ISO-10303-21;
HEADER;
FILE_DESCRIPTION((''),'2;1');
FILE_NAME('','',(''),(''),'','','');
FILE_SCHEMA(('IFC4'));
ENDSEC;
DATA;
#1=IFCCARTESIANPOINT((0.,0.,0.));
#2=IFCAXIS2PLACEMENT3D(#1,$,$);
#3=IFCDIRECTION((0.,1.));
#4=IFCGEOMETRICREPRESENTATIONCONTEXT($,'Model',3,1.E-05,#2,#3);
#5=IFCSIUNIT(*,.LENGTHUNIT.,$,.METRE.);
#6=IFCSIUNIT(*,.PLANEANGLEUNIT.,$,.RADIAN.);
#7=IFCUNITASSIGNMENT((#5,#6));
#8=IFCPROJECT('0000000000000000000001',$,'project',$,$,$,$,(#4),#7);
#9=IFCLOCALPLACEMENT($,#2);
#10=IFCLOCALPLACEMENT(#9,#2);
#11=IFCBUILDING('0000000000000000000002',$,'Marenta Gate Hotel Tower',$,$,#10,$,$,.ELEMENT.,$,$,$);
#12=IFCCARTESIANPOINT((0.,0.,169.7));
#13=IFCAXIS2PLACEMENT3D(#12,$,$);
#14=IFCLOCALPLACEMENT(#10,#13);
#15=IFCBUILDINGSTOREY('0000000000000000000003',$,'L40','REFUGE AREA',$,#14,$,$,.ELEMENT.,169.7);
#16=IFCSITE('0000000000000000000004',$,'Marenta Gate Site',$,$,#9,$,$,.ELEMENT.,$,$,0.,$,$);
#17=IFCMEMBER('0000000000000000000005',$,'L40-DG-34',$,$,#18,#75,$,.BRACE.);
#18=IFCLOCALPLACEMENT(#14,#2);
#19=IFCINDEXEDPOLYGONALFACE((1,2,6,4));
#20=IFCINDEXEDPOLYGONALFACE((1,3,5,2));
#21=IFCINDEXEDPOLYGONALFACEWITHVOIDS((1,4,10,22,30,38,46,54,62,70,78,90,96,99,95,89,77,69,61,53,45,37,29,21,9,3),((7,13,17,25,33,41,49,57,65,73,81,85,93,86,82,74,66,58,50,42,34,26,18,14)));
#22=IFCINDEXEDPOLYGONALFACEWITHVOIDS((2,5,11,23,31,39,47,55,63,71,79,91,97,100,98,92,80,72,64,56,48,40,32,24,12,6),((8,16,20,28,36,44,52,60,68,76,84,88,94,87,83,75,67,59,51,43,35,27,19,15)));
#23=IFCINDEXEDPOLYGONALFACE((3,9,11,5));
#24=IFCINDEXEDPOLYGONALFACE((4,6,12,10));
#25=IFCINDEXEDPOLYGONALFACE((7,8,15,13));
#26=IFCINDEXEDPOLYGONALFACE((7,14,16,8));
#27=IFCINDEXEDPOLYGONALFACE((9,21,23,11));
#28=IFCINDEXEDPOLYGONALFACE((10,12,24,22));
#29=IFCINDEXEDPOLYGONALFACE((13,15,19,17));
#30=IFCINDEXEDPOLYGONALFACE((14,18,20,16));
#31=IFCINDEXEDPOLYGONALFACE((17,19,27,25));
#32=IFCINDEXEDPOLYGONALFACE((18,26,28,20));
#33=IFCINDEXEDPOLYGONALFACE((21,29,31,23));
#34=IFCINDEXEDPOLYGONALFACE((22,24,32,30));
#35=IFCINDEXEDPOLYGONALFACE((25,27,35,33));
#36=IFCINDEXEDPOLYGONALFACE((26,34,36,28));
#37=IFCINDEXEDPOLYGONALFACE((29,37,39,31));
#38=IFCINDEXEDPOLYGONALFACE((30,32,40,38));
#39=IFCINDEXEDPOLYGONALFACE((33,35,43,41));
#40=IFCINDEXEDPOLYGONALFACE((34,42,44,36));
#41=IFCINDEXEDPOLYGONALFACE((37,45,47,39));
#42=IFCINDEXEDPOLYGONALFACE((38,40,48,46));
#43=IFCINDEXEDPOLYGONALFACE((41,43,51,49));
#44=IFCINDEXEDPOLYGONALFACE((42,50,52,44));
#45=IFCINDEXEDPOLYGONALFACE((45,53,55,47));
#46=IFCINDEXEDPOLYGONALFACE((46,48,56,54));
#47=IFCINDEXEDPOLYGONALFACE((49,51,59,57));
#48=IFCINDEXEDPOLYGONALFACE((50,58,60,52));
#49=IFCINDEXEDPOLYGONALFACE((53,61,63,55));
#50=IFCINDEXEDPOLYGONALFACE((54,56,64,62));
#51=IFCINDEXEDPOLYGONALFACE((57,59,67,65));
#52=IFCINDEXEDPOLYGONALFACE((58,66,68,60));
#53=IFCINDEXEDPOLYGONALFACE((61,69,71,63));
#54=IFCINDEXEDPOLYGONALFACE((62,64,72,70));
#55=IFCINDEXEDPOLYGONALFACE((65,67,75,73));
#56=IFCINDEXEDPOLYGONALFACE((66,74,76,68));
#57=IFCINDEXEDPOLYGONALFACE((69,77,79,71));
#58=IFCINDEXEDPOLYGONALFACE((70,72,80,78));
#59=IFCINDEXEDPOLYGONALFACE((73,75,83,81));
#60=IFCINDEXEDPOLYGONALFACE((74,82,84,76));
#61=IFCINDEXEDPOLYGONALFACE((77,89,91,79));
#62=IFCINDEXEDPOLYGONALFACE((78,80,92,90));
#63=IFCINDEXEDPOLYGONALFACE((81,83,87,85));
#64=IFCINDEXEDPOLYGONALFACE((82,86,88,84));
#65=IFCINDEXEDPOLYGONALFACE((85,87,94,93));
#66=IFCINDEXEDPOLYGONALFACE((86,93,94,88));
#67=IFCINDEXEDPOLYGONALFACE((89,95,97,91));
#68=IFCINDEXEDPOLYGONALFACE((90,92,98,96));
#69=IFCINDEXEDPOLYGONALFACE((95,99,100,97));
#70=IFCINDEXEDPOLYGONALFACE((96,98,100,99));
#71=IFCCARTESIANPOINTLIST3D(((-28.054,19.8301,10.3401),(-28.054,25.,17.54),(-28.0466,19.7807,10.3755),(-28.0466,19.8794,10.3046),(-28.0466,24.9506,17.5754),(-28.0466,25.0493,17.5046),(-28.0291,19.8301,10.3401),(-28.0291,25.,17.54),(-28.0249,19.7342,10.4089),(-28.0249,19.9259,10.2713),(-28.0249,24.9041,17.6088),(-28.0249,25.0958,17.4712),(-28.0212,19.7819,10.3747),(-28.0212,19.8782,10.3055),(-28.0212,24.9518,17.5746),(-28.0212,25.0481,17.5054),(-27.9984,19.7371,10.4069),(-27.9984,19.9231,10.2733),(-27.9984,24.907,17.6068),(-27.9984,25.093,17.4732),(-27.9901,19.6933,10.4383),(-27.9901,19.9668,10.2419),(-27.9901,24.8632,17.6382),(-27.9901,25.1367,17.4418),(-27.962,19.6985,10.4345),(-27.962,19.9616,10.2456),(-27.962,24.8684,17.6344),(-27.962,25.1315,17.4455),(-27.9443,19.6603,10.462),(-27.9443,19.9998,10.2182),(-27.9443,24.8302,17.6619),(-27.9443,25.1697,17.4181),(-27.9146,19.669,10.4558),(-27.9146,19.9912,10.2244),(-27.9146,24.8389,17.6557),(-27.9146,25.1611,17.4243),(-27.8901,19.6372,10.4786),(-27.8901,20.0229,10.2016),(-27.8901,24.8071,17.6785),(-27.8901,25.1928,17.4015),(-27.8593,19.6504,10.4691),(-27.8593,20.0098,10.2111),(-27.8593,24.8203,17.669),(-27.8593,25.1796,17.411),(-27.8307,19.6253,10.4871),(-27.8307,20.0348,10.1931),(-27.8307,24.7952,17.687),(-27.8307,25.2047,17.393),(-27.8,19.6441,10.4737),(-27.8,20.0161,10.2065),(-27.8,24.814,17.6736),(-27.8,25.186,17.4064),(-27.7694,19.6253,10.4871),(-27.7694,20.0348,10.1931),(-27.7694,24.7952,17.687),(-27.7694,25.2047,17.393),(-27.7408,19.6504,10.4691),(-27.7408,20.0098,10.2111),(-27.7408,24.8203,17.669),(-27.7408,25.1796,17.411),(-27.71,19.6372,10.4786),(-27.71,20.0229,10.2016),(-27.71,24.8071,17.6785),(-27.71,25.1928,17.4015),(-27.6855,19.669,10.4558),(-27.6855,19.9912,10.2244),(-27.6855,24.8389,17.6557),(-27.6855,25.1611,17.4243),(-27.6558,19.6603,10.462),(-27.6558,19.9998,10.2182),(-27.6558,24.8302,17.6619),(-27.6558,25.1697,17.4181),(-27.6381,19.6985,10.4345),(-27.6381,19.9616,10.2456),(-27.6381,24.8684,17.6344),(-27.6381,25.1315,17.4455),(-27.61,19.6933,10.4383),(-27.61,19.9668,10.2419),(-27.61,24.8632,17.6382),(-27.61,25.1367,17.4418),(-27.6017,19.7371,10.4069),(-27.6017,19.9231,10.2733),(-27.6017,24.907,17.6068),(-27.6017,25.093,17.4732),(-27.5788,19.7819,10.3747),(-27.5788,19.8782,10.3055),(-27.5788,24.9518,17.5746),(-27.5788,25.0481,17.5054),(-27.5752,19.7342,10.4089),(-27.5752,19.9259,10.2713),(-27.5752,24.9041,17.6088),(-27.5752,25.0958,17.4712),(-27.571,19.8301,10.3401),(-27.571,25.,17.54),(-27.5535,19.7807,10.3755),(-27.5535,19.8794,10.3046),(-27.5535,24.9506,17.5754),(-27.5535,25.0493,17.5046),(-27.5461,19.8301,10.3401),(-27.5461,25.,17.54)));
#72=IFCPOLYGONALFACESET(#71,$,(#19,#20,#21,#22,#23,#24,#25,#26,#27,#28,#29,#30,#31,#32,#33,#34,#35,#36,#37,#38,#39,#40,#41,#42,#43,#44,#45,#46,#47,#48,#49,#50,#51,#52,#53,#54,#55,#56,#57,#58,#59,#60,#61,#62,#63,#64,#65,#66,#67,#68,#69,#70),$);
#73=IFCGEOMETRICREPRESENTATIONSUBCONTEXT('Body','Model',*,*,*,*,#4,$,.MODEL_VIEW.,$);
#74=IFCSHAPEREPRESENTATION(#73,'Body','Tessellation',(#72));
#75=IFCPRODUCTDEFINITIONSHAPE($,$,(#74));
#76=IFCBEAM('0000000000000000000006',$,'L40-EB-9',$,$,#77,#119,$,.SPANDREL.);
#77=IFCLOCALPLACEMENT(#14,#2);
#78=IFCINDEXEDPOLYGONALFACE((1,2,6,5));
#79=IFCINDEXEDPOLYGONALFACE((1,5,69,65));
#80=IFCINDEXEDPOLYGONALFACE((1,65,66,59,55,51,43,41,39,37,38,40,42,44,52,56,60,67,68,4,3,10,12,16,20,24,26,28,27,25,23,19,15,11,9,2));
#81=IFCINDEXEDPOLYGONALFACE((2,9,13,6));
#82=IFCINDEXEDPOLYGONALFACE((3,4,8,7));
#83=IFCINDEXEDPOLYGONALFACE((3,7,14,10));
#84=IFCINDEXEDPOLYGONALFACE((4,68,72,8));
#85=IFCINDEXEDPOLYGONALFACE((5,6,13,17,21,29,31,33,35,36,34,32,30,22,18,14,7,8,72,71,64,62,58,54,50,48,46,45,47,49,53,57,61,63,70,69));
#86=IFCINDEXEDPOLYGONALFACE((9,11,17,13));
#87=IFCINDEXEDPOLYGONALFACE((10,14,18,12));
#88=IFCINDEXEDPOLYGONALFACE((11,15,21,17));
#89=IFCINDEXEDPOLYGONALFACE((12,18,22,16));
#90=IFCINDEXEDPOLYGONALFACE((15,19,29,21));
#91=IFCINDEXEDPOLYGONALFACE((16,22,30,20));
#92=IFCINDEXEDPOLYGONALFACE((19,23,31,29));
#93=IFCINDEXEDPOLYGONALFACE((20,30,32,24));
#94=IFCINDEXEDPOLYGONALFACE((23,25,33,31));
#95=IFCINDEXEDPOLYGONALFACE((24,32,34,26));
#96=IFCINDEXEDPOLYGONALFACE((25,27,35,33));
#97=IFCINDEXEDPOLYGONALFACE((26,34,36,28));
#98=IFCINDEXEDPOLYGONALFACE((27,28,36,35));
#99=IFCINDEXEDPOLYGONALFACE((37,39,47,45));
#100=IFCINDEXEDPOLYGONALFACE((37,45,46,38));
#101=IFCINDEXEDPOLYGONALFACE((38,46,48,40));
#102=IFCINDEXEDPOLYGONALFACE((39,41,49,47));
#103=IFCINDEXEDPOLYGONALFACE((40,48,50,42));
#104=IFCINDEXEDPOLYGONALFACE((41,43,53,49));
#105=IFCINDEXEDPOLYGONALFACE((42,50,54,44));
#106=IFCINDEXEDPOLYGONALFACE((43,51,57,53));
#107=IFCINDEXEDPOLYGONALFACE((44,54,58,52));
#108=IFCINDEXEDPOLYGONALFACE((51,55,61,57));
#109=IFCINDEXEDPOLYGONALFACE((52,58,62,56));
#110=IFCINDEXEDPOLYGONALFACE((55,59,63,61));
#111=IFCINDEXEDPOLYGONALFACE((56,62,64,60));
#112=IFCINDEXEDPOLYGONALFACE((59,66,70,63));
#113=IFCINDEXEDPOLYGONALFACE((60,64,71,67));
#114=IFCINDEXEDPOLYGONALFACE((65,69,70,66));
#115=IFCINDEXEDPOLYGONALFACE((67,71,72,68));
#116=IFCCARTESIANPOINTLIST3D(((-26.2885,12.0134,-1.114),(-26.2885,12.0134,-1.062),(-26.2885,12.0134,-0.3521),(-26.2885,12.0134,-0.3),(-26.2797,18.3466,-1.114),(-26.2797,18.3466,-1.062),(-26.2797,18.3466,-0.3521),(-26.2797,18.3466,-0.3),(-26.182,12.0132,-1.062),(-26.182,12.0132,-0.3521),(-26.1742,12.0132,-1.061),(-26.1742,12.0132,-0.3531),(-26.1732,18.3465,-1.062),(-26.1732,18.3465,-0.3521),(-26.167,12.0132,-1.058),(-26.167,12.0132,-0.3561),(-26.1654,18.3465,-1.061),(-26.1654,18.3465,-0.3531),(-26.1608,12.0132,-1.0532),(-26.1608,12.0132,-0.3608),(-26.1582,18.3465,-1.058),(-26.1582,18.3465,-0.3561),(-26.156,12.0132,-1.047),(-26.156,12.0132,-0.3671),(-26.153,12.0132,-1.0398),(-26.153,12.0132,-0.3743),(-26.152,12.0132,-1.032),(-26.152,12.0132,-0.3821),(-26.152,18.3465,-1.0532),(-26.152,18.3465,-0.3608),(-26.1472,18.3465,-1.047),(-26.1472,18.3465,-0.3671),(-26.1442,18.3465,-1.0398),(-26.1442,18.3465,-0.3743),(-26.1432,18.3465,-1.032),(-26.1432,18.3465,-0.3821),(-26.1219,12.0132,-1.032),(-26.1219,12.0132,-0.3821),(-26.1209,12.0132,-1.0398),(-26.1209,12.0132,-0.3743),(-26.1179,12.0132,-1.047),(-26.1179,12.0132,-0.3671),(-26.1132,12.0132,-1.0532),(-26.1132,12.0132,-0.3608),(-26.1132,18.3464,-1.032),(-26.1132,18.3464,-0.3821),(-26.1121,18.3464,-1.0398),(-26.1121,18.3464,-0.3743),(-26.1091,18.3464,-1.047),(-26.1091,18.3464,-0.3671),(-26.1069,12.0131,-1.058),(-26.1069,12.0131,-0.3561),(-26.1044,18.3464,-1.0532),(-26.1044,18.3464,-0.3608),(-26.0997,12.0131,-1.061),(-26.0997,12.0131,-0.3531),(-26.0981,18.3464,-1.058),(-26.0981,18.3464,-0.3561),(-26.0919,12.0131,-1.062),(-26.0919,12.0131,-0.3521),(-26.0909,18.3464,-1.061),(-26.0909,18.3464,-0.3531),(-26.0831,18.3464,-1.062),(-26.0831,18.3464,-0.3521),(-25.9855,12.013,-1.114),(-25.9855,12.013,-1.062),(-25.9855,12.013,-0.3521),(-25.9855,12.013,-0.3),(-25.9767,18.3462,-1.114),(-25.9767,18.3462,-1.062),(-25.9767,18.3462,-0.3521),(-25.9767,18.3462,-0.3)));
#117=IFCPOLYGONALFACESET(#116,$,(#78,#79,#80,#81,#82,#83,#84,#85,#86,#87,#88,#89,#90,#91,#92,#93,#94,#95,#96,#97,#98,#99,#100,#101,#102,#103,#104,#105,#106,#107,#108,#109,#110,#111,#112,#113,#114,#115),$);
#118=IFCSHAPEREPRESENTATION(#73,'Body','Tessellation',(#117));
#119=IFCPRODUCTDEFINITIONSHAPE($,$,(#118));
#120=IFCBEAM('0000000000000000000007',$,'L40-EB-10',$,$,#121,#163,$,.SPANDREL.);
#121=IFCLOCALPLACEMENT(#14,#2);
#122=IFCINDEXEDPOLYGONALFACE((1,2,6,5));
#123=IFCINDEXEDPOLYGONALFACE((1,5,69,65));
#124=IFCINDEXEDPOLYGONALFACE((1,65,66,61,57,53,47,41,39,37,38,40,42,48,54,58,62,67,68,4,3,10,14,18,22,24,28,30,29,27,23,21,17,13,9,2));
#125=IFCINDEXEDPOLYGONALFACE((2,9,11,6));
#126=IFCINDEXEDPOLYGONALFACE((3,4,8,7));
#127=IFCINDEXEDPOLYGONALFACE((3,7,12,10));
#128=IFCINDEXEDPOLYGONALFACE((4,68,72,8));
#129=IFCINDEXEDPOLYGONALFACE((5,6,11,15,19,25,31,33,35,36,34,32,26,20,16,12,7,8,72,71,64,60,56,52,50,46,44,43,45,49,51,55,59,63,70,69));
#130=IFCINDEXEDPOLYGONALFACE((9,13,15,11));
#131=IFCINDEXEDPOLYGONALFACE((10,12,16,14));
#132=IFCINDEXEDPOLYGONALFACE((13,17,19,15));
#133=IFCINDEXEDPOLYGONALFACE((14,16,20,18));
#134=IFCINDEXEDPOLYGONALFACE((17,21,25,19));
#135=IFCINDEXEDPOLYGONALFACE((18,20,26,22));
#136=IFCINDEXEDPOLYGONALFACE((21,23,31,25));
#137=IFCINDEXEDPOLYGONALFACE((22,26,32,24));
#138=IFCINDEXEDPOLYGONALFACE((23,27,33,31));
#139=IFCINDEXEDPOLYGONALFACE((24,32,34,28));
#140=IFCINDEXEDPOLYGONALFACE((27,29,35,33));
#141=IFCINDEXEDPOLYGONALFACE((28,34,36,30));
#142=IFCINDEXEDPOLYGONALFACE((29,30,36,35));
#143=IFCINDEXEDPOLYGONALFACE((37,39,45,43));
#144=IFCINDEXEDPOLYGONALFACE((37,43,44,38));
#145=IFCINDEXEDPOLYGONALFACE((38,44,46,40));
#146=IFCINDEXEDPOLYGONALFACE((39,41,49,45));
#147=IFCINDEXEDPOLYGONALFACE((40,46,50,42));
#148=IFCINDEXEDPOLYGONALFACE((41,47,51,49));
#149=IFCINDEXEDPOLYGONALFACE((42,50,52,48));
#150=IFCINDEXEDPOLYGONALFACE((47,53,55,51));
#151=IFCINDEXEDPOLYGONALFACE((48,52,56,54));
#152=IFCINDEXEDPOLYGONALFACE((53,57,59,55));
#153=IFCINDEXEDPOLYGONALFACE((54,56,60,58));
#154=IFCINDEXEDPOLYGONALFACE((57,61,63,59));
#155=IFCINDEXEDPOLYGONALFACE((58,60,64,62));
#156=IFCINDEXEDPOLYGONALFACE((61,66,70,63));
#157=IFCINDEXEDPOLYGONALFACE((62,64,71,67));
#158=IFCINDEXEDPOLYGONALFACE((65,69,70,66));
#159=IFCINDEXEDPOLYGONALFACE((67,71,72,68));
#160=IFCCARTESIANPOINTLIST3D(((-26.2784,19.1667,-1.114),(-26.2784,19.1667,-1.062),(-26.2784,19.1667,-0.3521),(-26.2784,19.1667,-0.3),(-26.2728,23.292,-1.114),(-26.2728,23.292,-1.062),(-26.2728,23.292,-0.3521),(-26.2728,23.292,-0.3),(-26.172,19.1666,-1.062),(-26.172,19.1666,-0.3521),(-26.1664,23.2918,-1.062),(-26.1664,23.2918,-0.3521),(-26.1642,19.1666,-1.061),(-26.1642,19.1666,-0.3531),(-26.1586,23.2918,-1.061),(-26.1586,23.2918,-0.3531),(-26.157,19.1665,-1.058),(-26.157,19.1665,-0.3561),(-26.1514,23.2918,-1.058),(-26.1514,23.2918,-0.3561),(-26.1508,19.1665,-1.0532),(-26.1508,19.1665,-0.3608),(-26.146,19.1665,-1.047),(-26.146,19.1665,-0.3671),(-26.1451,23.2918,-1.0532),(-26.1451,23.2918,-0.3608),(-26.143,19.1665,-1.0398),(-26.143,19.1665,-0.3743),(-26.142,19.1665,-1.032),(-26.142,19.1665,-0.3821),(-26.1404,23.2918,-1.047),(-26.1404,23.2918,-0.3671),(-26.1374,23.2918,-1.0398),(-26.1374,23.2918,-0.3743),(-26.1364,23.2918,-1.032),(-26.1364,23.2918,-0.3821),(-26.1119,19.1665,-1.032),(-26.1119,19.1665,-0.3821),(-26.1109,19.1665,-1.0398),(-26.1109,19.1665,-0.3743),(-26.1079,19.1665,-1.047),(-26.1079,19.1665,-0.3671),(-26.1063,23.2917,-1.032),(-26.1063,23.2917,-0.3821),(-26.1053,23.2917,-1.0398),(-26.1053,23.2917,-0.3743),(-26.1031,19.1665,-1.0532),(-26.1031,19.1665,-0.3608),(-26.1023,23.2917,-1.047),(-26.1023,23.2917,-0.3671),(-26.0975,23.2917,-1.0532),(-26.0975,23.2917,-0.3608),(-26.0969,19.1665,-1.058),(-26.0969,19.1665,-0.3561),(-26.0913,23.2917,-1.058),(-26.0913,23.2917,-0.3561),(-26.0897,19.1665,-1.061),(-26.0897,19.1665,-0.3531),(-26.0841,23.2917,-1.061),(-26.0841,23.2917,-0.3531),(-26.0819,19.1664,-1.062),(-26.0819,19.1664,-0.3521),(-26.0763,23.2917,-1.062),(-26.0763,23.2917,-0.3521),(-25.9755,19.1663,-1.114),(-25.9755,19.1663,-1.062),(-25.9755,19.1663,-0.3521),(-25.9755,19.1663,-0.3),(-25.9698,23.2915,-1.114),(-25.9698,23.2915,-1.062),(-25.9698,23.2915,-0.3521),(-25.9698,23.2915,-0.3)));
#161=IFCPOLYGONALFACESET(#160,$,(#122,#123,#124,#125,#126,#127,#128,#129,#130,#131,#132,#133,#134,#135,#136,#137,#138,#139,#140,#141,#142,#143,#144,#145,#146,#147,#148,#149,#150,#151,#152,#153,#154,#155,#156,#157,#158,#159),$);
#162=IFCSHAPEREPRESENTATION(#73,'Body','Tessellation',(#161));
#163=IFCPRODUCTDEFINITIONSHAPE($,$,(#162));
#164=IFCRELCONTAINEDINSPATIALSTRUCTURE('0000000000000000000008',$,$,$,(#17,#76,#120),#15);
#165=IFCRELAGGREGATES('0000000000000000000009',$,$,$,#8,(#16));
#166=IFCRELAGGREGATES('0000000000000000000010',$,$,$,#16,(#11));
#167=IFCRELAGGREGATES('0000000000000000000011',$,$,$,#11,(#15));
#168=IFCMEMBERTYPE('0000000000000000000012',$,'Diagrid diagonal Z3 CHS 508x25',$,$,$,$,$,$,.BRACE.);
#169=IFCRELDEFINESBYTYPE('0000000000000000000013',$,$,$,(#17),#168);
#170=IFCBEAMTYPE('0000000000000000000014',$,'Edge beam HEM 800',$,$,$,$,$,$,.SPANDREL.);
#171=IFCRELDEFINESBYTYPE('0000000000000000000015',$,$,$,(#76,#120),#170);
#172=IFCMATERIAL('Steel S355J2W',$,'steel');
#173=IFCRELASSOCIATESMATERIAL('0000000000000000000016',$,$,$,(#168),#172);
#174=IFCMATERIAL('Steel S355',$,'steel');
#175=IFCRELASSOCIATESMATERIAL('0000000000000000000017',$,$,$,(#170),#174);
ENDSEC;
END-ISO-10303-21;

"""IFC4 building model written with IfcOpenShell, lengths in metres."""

from ifc_helpers import new_model, si_unit, direction, frame, origin, origin_2d, place, context, subcontext, project, spatial, hollow_circle, i_section, extrude, material, material_profile, profile_set, type_object, element, save


model = new_model("IFC4")

# Units and contexts
model_context = context("Model", 3, precision=1e-05, world=origin(), true_north=direction((0.0, 1.0)))
body_context = subcontext(model_context, "Body", "Model", "MODEL_VIEW")
ifc_project = project(units=[si_unit("LENGTHUNIT", "METRE"), si_unit("PLANEANGLEUNIT", "RADIAN")], contexts=[model_context])

# Site, building, storey
site_placement = place(None, origin())
site = spatial("IfcSite", under=ifc_project, at=site_placement, Name="Marenta Gate Site", CompositionType="ELEMENT", RefElevation=0.0)
building_placement = place(site_placement, origin())
building = spatial("IfcBuilding", under=site, at=building_placement, Name="Marenta Gate Hotel Tower", CompositionType="ELEMENT")
storey_placement = place(building_placement, frame((0.0, 0.0, 169.7)))
storey = spatial("IfcBuildingStorey", under=building, at=storey_placement, Name="L40", Description="REFUGE AREA", CompositionType="ELEMENT", Elevation=169.7)

# Member
ifc_material_1 = material(Name="Steel S355J2W", Category="steel")
ifc_material_profile_1 = material_profile(ifc_material_1, hollow_circle(Radius=0.2539, WallThickness=0.0249, at=origin_2d()), Name="CHS 508x25")
ifc_profile_set_1 = profile_set([ifc_material_profile_1], Name="Steel S355J2W")
member_type_1 = type_object("IfcMemberType", Name="Diagrid diagonal Z3 CHS 508x25", PredefinedType="BRACE", material=ifc_profile_set_1)
member_1_placement = place(storey_placement, frame((-27.8, 19.8301, 10.3401), z_axis=(0.0, 0.583261, 0.812285), x_axis=(-1.0, 0.0, 0.0)))
element("IfcMember", 1, at=member_1_placement, inside=storey, type_object=member_type_1, Name="L40-DG-34", PredefinedType="BRACE", context=body_context, shape_type="SweptSolid", body=[
    extrude(hollow_circle(Radius=0.2539, WallThickness=0.0249, at=origin_2d()), origin(), (0.0, 0.0, 1.0), 8.8638),
])

# Beams
ifc_material_2 = material(Name="Steel S355", Category="steel")
ifc_material_profile_2 = material_profile(ifc_material_2, i_section(OverallWidth=0.303, OverallDepth=0.814, WebThickness=0.03, FlangeThickness=0.052, FilletRadius=0.03, at=origin_2d()), Name="HEM 800")
ifc_profile_set_2 = profile_set([ifc_material_profile_2], Name="Steel S355")
beam_type_1 = type_object("IfcBeamType", Name="Edge beam HEM 800", PredefinedType="SPANDREL", material=ifc_profile_set_2)
beam_1_placement = place(storey_placement, frame((-26.137, 12.0132, -0.707), z_axis=(0.001388, 0.999999, 0.0), x_axis=(-0.999999, 0.001388, 0.0)))
element("IfcBeam", 2, at=beam_1_placement, inside=storey, type_object=beam_type_1, Name="L40-EB-9", PredefinedType="SPANDREL", context=body_context, shape_type="SweptSolid", body=[
    extrude(i_section(OverallWidth=0.303, OverallDepth=0.814, WebThickness=0.03, FlangeThickness=0.052, FilletRadius=0.03, at=origin_2d()), origin(), (0.0, 0.0, 1.0), 6.3333),
])
beam_2_placement = place(storey_placement, frame((-26.127, 19.1665, -0.707), z_axis=(0.001361, 0.999999, 0.0), x_axis=(-0.999999, 0.001361, 0.0)))
element("IfcBeam", 3, at=beam_2_placement, inside=storey, type_object=beam_type_1, Name="L40-EB-10", PredefinedType="SPANDREL", context=body_context, shape_type="SweptSolid", body=[
    extrude(i_section(OverallWidth=0.303, OverallDepth=0.814, WebThickness=0.03, FlangeThickness=0.052, FilletRadius=0.03, at=origin_2d()), origin(), (0.0, 0.0, 1.0), 4.1252),
])

save(model, "model.ifc")
